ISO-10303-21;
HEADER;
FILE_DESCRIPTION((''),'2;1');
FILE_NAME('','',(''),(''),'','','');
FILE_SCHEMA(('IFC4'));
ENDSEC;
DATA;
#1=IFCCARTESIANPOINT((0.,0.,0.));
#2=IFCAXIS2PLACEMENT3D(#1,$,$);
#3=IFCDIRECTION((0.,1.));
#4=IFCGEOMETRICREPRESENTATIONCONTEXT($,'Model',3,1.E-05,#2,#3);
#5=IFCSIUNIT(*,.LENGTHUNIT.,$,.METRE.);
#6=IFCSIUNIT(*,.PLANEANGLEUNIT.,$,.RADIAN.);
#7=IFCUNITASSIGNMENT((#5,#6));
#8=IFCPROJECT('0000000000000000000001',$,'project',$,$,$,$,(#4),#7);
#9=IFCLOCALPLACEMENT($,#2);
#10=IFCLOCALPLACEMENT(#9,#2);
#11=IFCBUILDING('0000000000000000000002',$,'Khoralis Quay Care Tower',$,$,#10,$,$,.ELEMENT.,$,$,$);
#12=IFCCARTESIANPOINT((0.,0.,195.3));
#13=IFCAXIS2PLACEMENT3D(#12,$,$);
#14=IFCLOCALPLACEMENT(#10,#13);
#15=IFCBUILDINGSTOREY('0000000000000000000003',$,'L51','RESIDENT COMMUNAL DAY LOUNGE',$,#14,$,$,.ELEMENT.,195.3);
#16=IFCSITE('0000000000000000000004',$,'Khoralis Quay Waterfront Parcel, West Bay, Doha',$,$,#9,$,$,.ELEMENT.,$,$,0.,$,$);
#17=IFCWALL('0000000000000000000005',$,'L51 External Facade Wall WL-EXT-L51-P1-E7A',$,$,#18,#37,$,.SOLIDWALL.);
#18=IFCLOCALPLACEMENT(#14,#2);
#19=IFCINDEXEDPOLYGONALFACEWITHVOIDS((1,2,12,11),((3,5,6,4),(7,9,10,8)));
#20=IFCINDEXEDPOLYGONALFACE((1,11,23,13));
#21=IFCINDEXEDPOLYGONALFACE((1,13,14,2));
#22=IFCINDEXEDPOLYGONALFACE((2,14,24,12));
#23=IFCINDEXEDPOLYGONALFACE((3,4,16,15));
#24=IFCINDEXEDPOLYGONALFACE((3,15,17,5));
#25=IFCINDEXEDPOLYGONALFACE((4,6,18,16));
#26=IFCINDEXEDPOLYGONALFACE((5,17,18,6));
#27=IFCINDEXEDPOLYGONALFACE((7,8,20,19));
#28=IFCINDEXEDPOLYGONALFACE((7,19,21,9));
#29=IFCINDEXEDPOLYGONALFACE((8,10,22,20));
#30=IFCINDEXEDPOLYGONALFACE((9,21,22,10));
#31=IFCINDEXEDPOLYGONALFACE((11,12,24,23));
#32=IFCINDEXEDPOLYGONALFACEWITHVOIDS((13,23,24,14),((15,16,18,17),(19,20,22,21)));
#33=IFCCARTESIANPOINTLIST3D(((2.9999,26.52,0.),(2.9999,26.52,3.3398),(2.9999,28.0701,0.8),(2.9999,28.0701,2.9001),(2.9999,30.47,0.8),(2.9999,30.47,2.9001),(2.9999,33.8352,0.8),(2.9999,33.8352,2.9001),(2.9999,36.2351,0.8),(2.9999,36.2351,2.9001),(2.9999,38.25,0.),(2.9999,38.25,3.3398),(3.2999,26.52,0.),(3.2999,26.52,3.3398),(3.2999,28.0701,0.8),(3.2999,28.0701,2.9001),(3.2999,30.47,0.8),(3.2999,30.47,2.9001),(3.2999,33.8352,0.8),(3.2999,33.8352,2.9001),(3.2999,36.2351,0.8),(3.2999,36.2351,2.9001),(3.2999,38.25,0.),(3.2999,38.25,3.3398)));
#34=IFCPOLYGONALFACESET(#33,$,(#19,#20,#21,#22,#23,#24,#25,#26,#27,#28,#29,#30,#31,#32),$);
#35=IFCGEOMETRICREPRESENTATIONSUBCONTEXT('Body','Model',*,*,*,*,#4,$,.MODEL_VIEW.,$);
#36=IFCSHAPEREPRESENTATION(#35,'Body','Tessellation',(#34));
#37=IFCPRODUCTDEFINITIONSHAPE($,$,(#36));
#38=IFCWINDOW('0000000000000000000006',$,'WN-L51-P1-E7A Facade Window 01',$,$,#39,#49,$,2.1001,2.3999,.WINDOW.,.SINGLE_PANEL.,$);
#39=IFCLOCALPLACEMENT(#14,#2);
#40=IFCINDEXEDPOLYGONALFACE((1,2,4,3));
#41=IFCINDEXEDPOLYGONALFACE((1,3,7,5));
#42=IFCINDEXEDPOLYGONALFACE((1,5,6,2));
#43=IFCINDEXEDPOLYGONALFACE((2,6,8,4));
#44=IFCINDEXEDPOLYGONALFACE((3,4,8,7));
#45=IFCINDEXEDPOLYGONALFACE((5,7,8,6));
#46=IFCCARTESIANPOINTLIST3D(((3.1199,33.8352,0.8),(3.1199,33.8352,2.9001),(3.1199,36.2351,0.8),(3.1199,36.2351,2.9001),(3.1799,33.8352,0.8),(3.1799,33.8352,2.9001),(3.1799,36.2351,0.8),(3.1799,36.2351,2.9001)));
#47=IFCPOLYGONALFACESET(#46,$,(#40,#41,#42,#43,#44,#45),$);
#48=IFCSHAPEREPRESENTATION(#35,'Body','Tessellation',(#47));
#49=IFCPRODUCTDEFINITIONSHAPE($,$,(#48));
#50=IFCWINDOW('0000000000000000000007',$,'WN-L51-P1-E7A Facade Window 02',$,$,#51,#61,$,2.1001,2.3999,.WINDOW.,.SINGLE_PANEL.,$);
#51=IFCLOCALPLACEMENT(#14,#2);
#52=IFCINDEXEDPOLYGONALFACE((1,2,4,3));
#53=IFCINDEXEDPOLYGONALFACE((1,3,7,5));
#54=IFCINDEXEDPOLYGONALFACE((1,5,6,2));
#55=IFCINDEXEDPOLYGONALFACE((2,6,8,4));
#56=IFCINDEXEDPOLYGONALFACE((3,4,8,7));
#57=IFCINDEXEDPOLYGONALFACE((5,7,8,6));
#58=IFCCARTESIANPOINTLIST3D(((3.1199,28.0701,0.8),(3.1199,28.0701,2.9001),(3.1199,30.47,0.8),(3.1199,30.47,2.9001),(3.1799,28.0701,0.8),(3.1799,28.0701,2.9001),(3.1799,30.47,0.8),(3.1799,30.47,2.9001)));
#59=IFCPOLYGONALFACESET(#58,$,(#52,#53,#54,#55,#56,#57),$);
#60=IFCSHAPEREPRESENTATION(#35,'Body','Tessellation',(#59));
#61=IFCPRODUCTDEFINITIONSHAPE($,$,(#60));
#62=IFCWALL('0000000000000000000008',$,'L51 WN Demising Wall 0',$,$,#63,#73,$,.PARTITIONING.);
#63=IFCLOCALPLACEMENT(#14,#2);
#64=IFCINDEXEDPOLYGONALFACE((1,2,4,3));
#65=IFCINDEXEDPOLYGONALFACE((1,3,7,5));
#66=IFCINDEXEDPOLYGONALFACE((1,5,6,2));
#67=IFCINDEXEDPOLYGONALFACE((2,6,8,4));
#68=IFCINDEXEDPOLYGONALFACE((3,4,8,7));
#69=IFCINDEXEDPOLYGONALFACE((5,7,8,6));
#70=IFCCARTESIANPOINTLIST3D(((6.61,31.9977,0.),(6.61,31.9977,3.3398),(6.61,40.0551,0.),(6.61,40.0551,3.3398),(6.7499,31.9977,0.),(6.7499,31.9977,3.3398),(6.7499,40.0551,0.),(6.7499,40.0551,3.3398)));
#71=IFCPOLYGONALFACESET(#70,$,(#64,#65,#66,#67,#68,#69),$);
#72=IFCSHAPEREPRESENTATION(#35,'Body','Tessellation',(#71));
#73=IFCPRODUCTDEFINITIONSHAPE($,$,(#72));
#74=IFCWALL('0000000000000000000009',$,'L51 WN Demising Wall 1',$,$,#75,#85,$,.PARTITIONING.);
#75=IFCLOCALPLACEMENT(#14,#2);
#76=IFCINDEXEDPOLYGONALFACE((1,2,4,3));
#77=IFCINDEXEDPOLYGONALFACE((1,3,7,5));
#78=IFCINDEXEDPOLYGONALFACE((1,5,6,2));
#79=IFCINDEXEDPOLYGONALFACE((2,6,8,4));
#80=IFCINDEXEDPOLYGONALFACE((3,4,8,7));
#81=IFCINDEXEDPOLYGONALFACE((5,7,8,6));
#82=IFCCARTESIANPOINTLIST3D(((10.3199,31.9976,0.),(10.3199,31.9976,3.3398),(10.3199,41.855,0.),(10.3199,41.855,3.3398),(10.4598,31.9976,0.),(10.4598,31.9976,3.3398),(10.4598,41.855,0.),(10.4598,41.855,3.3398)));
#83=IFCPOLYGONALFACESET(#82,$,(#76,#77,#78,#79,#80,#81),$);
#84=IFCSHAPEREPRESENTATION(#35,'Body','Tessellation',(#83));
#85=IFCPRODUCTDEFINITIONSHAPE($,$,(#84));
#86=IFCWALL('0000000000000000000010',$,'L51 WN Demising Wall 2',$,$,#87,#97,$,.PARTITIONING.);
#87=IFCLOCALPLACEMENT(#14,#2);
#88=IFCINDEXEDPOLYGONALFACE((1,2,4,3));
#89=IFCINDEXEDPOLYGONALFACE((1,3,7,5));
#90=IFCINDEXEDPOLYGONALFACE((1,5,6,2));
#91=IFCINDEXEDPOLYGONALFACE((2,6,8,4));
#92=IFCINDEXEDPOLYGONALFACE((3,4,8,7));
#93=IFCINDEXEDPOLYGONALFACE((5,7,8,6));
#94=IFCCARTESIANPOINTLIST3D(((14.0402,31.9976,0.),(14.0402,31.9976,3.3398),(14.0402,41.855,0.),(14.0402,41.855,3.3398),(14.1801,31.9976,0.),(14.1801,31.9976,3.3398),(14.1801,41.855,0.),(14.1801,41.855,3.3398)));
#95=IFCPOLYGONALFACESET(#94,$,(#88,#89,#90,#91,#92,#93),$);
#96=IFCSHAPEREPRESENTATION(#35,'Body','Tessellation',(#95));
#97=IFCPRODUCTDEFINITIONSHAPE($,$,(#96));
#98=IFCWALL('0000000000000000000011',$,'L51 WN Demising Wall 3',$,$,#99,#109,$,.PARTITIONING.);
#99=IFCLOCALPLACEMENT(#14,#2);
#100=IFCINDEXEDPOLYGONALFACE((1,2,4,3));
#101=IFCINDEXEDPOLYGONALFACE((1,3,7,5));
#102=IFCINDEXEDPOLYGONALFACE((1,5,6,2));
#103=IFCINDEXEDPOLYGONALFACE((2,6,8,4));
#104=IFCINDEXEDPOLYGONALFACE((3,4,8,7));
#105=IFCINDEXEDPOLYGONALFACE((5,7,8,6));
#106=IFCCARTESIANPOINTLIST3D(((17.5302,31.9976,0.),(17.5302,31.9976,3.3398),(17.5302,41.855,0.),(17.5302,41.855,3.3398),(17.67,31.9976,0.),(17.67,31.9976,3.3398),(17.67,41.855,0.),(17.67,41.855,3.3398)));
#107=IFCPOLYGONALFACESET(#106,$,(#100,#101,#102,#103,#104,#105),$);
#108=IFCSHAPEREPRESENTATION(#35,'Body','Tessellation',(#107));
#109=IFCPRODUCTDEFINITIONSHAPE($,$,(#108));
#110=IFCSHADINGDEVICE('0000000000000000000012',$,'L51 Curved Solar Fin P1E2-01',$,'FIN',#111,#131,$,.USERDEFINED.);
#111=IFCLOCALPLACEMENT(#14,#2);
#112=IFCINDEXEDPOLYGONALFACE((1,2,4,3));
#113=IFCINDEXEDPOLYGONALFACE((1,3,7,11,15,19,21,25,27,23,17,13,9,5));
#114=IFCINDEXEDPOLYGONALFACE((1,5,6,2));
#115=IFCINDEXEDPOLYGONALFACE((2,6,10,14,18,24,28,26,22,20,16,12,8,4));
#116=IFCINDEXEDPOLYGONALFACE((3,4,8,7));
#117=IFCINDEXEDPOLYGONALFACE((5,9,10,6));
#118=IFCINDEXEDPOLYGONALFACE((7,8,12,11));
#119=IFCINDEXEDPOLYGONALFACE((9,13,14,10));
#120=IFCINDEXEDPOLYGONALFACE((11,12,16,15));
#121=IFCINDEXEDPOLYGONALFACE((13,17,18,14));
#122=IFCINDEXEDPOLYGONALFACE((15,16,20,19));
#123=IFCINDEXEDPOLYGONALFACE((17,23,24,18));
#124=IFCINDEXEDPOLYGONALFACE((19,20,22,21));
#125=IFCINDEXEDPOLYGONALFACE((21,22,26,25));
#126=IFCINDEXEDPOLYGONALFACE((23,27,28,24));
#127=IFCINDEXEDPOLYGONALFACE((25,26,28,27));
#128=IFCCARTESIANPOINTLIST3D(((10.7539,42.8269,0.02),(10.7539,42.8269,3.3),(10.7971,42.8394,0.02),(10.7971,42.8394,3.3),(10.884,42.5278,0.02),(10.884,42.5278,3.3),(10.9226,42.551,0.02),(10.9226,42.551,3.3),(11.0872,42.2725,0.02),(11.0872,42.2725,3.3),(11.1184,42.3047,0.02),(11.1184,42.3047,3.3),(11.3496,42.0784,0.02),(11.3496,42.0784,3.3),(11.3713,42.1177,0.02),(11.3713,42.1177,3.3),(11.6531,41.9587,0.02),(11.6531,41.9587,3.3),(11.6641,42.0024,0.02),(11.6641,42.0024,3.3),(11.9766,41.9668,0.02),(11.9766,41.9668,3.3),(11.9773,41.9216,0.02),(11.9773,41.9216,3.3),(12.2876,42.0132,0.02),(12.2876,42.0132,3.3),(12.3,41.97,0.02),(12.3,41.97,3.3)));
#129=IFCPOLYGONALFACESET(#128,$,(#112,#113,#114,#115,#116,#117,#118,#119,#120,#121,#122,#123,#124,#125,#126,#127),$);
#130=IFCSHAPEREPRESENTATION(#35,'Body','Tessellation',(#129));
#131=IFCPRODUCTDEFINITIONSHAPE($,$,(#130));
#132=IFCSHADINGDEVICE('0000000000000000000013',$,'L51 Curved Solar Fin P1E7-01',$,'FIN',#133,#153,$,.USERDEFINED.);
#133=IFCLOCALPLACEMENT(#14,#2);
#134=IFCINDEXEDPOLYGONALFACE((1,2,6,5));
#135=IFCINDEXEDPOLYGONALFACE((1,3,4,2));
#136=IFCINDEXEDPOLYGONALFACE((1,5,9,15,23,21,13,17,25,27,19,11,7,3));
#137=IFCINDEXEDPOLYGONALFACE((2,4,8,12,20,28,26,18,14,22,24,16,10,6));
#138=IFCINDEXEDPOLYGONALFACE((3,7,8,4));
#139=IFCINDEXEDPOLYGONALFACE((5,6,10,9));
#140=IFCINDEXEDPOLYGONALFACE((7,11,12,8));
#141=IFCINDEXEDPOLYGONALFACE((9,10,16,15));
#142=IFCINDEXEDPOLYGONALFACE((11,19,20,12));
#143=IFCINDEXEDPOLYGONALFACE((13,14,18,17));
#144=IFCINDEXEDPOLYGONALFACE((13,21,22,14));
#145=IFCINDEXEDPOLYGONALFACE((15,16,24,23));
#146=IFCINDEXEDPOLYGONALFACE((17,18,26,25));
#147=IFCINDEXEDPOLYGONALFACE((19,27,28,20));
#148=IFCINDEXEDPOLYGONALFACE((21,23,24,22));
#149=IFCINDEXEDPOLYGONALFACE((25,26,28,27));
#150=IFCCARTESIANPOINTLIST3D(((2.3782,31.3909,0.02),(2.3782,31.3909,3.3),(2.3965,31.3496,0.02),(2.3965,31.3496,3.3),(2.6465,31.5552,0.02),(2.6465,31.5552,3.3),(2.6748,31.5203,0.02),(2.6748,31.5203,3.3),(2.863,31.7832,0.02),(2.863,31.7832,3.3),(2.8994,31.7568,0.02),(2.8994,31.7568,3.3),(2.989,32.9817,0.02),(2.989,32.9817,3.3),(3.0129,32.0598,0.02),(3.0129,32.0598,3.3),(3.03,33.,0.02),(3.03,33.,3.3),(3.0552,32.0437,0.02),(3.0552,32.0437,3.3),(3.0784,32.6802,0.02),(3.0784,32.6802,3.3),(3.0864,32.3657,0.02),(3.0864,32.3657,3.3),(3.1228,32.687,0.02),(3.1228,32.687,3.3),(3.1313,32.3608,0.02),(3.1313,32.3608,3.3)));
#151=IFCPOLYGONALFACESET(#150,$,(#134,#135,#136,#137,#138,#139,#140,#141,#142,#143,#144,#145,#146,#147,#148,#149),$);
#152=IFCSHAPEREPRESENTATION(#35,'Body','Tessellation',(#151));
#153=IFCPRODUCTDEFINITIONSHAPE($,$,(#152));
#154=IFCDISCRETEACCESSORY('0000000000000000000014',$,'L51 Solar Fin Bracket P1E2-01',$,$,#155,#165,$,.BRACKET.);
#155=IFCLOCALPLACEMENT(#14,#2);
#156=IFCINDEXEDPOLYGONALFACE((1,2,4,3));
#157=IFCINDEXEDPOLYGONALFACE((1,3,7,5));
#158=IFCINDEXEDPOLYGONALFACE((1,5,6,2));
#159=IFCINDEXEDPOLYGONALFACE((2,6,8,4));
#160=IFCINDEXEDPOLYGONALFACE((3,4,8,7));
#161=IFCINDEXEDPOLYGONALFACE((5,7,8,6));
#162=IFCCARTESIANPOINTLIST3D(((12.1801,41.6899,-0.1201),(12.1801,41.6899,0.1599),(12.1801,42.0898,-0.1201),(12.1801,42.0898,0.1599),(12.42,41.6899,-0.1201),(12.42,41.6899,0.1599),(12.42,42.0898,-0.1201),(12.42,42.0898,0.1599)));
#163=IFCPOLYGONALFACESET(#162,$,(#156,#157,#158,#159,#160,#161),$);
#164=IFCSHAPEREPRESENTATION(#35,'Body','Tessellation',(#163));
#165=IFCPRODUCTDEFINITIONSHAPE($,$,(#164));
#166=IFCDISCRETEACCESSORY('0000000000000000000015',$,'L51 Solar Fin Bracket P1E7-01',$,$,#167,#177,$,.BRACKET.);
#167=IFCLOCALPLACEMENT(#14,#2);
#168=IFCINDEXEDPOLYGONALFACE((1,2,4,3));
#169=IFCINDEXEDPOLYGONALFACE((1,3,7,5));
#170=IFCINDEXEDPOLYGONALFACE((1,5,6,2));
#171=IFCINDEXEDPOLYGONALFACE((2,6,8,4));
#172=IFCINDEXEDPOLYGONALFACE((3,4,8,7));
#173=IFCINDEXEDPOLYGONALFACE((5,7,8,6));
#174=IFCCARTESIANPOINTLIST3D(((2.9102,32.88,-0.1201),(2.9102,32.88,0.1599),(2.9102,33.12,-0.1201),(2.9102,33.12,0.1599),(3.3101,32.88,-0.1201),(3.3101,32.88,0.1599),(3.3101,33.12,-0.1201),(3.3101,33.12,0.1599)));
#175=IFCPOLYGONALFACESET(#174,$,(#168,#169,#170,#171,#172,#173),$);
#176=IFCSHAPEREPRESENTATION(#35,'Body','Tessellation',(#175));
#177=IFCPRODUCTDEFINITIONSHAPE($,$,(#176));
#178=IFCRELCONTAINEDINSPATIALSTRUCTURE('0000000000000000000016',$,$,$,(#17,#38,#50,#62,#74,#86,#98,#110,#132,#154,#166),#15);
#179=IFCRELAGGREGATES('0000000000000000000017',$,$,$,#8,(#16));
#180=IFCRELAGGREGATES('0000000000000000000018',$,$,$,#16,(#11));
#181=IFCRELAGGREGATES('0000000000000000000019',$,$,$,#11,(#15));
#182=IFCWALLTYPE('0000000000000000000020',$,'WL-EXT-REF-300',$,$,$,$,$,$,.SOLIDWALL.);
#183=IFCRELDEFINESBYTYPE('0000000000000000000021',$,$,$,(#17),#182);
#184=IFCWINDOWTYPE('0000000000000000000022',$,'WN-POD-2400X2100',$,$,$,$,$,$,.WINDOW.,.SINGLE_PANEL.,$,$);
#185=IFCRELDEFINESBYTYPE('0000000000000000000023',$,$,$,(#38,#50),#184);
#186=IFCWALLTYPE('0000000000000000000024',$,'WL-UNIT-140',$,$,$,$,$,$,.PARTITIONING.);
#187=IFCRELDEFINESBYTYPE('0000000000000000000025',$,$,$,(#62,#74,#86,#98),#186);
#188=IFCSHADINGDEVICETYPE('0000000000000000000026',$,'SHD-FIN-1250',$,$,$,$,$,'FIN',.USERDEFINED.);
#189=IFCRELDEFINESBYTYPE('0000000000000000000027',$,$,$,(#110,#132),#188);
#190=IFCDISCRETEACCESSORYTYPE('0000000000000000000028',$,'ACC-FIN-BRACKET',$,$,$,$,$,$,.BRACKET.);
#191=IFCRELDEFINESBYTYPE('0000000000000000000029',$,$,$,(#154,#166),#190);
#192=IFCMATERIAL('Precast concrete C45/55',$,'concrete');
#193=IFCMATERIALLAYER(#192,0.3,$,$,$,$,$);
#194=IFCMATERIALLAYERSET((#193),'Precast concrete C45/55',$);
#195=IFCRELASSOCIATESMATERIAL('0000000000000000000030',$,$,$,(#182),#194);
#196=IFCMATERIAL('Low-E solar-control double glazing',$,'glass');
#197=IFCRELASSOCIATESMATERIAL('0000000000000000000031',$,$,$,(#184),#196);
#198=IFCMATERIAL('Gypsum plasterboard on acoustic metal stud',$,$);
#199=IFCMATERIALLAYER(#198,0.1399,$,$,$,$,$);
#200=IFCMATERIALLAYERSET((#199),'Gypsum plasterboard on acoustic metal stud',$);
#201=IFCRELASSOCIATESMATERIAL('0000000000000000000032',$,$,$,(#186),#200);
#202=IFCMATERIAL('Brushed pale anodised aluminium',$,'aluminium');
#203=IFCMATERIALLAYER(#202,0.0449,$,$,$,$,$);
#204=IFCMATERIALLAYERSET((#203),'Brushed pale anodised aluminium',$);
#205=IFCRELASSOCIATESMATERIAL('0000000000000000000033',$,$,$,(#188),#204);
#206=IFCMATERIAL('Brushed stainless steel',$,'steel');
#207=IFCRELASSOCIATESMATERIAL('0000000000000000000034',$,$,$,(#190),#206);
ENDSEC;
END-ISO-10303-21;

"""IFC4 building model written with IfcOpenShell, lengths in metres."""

from ifc_helpers import new_model, si_unit, direction, frame, frame_2d, origin, origin_2d, place, context, subcontext, project, spatial, polyline, rectangle, outline, extrude, source, transform, mapped, material, layer, layer_set, type_object, element, fill, save


model = new_model("IFC4")

# Units and contexts
model_context = context("Model", 3, precision=1e-05, world=origin(), true_north=direction((0.0, 1.0)))
body_context = subcontext(model_context, "Body", "Model", "MODEL_VIEW")
ifc_project = project(units=[si_unit("LENGTHUNIT", "METRE"), si_unit("PLANEANGLEUNIT", "RADIAN")], contexts=[model_context])

# Site, building, storey
site_placement = place(None, origin())
site = spatial("IfcSite", under=ifc_project, at=site_placement, Name="Khoralis Quay Waterfront Parcel, West Bay, Doha", CompositionType="ELEMENT", RefElevation=0.0)
building_placement = place(site_placement, origin())
building = spatial("IfcBuilding", under=site, at=building_placement, Name="Khoralis Quay Care Tower", CompositionType="ELEMENT")
storey_placement = place(building_placement, frame((0.0, 0.0, 195.3)))
storey = spatial("IfcBuildingStorey", under=building, at=storey_placement, Name="L51", Description="RESIDENT COMMUNAL DAY LOUNGE", CompositionType="ELEMENT", Elevation=195.3)

# Shared definitions
ifc_material_1 = material(Name="Gypsum plasterboard on acoustic metal stud")

# Shared definitions
ifc_material_2 = material(Name="Precast concrete C45/55", Category="concrete")
ifc_layer_1 = layer(ifc_material_2, 0.3)
ifc_layer_set_1 = layer_set([ifc_layer_1], Name="Precast concrete C45/55")
wall_type_1 = type_object("IfcWallType", Name="WL-EXT-REF-300", PredefinedType="SOLIDWALL", material=ifc_layer_set_1)

# Wall, openings, windows
wall_1_placement = place(storey_placement, frame((3.1499, 38.25, 0.0), z_axis=(0.0, 0.0, 1.0), x_axis=(0.0, -1.0, 0.0)))
wall_1 = element("IfcWall", 1, at=wall_1_placement, inside=storey, type_object=wall_type_1, Name="L51 External Facade Wall WL-EXT-L51-P1-E7A", PredefinedType="SOLIDWALL", context=body_context, shape_type="SweptSolid", body=[
    extrude(rectangle(XDim=11.73, YDim=0.3, at=frame_2d((5.865, 0.0))), origin(), (0.0, 0.0, 1.0), 3.3398),
])
opening_1_placement = place(wall_1_placement, frame((2.0149, 0.0, 0.8)))
opening_1 = element("IfcOpeningElement", 2, at=opening_1_placement, cuts=wall_1, PredefinedType="OPENING", context=body_context, shape_type="SweptSolid", body=[
    extrude(rectangle(XDim=2.3999, YDim=2.1001, at=frame_2d((1.2, 1.05))), frame((0.0, 0.1602, 0.0), z_axis=(0.0, -1.0, 0.0), x_axis=(1.0, 0.0, 0.0)), (0.0, 0.0, 1.0), 0.3201),
])
opening_2_placement = place(wall_1_placement, frame((7.78, 0.0, 0.8)))
opening_2 = element("IfcOpeningElement", 3, at=opening_2_placement, cuts=wall_1, PredefinedType="OPENING", context=body_context, shape_type="SweptSolid", body=[
    extrude(rectangle(XDim=2.3999, YDim=2.1001, at=frame_2d((1.2, 1.05))), frame((0.0, 0.1602, 0.0), z_axis=(0.0, -1.0, 0.0), x_axis=(1.0, 0.0, 0.0)), (0.0, 0.0, 1.0), 0.3201),
])
ifc_material_3 = material(Name="Low-E solar-control double glazing", Category="glass")
window_type = type_object("IfcWindowType", Name="WN-POD-2400X2100", PartitioningType="SINGLE_PANEL", PredefinedType="WINDOW", material=ifc_material_3)
shared_shape_1 = source(origin(), body_context, "Body", "SweptSolid", [
    extrude(rectangle(XDim=2.3999, YDim=2.1001, at=frame_2d((1.2, 1.05))), frame((0.0, 0.03, 0.0), z_axis=(0.0, -1.0, 0.0), x_axis=(1.0, 0.0, 0.0)), (0.0, 0.0, 1.0), 0.0601),
])
window_1_placement = place(opening_1_placement, origin())
window_1 = element("IfcWindow", 4, at=window_1_placement, inside=storey, type_object=window_type, Name="WN-L51-P1-E7A Facade Window 01", OverallHeight=2.1001, OverallWidth=2.3999, PartitioningType="SINGLE_PANEL", PredefinedType="WINDOW", context=body_context, shape_type="MappedRepresentation", body=[
    mapped(shared_shape_1, transform((0.0, 0.0, 0.0), scale=1.0)),
])
fill(opening_1, window_1)
window_2_placement = place(opening_2_placement, origin())
window_2 = element("IfcWindow", 5, at=window_2_placement, inside=storey, type_object=window_type, Name="WN-L51-P1-E7A Facade Window 02", OverallHeight=2.1001, OverallWidth=2.3999, PartitioningType="SINGLE_PANEL", PredefinedType="WINDOW", context=body_context, shape_type="MappedRepresentation", body=[
    mapped(shared_shape_1, transform((0.0, 0.0, 0.0), scale=1.0)),
])
fill(opening_2, window_2)

# Walls
ifc_layer_2 = layer(ifc_material_1, 0.1399)
ifc_layer_set_2 = layer_set([ifc_layer_2], Name="Gypsum plasterboard on acoustic metal stud")
wall_type_2 = type_object("IfcWallType", Name="WL-UNIT-140", PredefinedType="PARTITIONING", material=ifc_layer_set_2)
wall_2_placement = place(storey_placement, frame((6.6799, 31.9976, 0.0), z_axis=(0.0, 0.0, 1.0), x_axis=(0.0, 1.0, 0.0)))
element("IfcWall", 6, at=wall_2_placement, inside=storey, type_object=wall_type_2, Name="L51 WN Demising Wall 0", PredefinedType="PARTITIONING", context=body_context, shape_type="SweptSolid", body=[
    extrude(rectangle(XDim=8.0574, YDim=0.1399, at=frame_2d((4.0288, 0.0))), origin(), (0.0, 0.0, 1.0), 3.3398),
])
for number, where, z_axis, x_axis, name in (
    (7, (10.3899, 31.9976, 0.0), (0.0, 0.0, 1.0), (0.0, 1.0, 0.0), "L51 WN Demising Wall 1"),
    (8, (14.1101, 31.9976, 0.0), (0.0, 0.0, 1.0), (0.0, 1.0, 0.0), "L51 WN Demising Wall 2"),
    (9, (17.6001, 31.9976, 0.0), (0.0, 0.0, 1.0), (0.0, 1.0, 0.0), "L51 WN Demising Wall 3"),
):
    element("IfcWall", number, at=place(storey_placement, frame(where, z_axis=z_axis, x_axis=x_axis)), inside=storey, type_object=wall_type_2, Name=name, PredefinedType="PARTITIONING", context=body_context, shape_type="SweptSolid", body=[
        extrude(rectangle(XDim=9.8574, YDim=0.1399, at=frame_2d((4.9287, 0.0))), origin(), (0.0, 0.0, 1.0), 3.3398),
    ])

# Shading devices
ifc_material_4 = material(Name="Brushed pale anodised aluminium", Category="aluminium")
ifc_layer_3 = layer(ifc_material_4, 0.0449)
ifc_layer_set_3 = layer_set([ifc_layer_3], Name="Brushed pale anodised aluminium")
shading_device_type = type_object("IfcShadingDeviceType", Name="SHD-FIN-1250", ElementType="FIN", PredefinedType="USERDEFINED", material=ifc_layer_set_3)
shared_shape_2 = source(origin(), body_context, "Body", "SweptSolid", [
    extrude(outline(polyline([(0.0, 0.0), (-0.0483, 0.3228), (-0.0112, 0.647), (0.1084, 0.9504), (0.3025, 1.2129), (0.5579, 1.416), (0.8569, 1.5461), (0.8694, 1.5029), (0.5811, 1.3774), (0.3347, 1.1816), (0.1477, 0.9287), (0.0325, 0.636), (-0.0032, 0.3235), (0.0432, 0.0125), (0.0, 0.0)])), origin(), (0.0, 0.0, 1.0), 3.28),
])
shading_device_1_placement = place(storey_placement, frame((12.3, 41.97, 0.02), z_axis=(0.0, 0.0, 1.0), x_axis=(0.0, 1.0, 0.0)))
element("IfcShadingDevice", 10, at=shading_device_1_placement, inside=storey, type_object=shading_device_type, Name="L51 Curved Solar Fin P1E2-01", ObjectType="FIN", PredefinedType="USERDEFINED", context=body_context, shape_type="MappedRepresentation", body=[
    mapped(shared_shape_2, transform((0.0, 0.0, 0.0), scale=1.0)),
])
shared_shape_3 = source(origin(), body_context, "Body", "SweptSolid", [
    extrude(outline(polyline([(0.0, 0.0), (-0.0928, 0.313), (-0.1013, 0.6392), (-0.0251, 0.9563), (0.1306, 1.2432), (0.3552, 1.4797), (0.6335, 1.6504), (0.6519, 1.6091), (0.3835, 1.4448), (0.167, 1.2168), (0.0171, 0.9402), (-0.0564, 0.6343), (-0.0483, 0.3198), (0.041, 0.0183), (0.0, 0.0)])), origin(), (0.0, 0.0, 1.0), 3.28),
])
shading_device_2_placement = place(storey_placement, frame((3.03, 33.0, 0.02), z_axis=(0.0, 0.0, 1.0), x_axis=(-1.0, 0.0, 0.0)))
element("IfcShadingDevice", 11, at=shading_device_2_placement, inside=storey, type_object=shading_device_type, Name="L51 Curved Solar Fin P1E7-01", ObjectType="FIN", PredefinedType="USERDEFINED", context=body_context, shape_type="MappedRepresentation", body=[
    mapped(shared_shape_3, transform((0.0, 0.0, 0.0), scale=1.0)),
])

# Discrete accessories
ifc_material_5 = material(Name="Brushed stainless steel", Category="steel")
discrete_accessory_type = type_object("IfcDiscreteAccessoryType", Name="ACC-FIN-BRACKET", PredefinedType="BRACKET", material=ifc_material_5)
shared_shape_4 = source(origin(), body_context, "Body", "SweptSolid", [
    extrude(rectangle(XDim=0.3999, YDim=0.24, at=origin_2d()), origin(), (0.0, 0.0, 1.0), 0.28),
])
for number, where, z_axis, x_axis, name in (
    (12, (12.3, 41.8899, -0.1201), (0.0, 0.0, 1.0), (0.0, 1.0, 0.0), "L51 Solar Fin Bracket P1E2-01"),
    (13, (3.1101, 33.0, -0.1201), (0.0, 0.0, 1.0), (-1.0, 0.0, 0.0), "L51 Solar Fin Bracket P1E7-01"),
):
    element("IfcDiscreteAccessory", number, at=place(storey_placement, frame(where, z_axis=z_axis, x_axis=x_axis)), inside=storey, type_object=discrete_accessory_type, Name=name, PredefinedType="BRACKET", context=body_context, shape_type="MappedRepresentation", body=[
        mapped(shared_shape_4, transform((0.0, 0.0, 0.0), scale=1.0)),
    ])

save(model, "model.ifc")
